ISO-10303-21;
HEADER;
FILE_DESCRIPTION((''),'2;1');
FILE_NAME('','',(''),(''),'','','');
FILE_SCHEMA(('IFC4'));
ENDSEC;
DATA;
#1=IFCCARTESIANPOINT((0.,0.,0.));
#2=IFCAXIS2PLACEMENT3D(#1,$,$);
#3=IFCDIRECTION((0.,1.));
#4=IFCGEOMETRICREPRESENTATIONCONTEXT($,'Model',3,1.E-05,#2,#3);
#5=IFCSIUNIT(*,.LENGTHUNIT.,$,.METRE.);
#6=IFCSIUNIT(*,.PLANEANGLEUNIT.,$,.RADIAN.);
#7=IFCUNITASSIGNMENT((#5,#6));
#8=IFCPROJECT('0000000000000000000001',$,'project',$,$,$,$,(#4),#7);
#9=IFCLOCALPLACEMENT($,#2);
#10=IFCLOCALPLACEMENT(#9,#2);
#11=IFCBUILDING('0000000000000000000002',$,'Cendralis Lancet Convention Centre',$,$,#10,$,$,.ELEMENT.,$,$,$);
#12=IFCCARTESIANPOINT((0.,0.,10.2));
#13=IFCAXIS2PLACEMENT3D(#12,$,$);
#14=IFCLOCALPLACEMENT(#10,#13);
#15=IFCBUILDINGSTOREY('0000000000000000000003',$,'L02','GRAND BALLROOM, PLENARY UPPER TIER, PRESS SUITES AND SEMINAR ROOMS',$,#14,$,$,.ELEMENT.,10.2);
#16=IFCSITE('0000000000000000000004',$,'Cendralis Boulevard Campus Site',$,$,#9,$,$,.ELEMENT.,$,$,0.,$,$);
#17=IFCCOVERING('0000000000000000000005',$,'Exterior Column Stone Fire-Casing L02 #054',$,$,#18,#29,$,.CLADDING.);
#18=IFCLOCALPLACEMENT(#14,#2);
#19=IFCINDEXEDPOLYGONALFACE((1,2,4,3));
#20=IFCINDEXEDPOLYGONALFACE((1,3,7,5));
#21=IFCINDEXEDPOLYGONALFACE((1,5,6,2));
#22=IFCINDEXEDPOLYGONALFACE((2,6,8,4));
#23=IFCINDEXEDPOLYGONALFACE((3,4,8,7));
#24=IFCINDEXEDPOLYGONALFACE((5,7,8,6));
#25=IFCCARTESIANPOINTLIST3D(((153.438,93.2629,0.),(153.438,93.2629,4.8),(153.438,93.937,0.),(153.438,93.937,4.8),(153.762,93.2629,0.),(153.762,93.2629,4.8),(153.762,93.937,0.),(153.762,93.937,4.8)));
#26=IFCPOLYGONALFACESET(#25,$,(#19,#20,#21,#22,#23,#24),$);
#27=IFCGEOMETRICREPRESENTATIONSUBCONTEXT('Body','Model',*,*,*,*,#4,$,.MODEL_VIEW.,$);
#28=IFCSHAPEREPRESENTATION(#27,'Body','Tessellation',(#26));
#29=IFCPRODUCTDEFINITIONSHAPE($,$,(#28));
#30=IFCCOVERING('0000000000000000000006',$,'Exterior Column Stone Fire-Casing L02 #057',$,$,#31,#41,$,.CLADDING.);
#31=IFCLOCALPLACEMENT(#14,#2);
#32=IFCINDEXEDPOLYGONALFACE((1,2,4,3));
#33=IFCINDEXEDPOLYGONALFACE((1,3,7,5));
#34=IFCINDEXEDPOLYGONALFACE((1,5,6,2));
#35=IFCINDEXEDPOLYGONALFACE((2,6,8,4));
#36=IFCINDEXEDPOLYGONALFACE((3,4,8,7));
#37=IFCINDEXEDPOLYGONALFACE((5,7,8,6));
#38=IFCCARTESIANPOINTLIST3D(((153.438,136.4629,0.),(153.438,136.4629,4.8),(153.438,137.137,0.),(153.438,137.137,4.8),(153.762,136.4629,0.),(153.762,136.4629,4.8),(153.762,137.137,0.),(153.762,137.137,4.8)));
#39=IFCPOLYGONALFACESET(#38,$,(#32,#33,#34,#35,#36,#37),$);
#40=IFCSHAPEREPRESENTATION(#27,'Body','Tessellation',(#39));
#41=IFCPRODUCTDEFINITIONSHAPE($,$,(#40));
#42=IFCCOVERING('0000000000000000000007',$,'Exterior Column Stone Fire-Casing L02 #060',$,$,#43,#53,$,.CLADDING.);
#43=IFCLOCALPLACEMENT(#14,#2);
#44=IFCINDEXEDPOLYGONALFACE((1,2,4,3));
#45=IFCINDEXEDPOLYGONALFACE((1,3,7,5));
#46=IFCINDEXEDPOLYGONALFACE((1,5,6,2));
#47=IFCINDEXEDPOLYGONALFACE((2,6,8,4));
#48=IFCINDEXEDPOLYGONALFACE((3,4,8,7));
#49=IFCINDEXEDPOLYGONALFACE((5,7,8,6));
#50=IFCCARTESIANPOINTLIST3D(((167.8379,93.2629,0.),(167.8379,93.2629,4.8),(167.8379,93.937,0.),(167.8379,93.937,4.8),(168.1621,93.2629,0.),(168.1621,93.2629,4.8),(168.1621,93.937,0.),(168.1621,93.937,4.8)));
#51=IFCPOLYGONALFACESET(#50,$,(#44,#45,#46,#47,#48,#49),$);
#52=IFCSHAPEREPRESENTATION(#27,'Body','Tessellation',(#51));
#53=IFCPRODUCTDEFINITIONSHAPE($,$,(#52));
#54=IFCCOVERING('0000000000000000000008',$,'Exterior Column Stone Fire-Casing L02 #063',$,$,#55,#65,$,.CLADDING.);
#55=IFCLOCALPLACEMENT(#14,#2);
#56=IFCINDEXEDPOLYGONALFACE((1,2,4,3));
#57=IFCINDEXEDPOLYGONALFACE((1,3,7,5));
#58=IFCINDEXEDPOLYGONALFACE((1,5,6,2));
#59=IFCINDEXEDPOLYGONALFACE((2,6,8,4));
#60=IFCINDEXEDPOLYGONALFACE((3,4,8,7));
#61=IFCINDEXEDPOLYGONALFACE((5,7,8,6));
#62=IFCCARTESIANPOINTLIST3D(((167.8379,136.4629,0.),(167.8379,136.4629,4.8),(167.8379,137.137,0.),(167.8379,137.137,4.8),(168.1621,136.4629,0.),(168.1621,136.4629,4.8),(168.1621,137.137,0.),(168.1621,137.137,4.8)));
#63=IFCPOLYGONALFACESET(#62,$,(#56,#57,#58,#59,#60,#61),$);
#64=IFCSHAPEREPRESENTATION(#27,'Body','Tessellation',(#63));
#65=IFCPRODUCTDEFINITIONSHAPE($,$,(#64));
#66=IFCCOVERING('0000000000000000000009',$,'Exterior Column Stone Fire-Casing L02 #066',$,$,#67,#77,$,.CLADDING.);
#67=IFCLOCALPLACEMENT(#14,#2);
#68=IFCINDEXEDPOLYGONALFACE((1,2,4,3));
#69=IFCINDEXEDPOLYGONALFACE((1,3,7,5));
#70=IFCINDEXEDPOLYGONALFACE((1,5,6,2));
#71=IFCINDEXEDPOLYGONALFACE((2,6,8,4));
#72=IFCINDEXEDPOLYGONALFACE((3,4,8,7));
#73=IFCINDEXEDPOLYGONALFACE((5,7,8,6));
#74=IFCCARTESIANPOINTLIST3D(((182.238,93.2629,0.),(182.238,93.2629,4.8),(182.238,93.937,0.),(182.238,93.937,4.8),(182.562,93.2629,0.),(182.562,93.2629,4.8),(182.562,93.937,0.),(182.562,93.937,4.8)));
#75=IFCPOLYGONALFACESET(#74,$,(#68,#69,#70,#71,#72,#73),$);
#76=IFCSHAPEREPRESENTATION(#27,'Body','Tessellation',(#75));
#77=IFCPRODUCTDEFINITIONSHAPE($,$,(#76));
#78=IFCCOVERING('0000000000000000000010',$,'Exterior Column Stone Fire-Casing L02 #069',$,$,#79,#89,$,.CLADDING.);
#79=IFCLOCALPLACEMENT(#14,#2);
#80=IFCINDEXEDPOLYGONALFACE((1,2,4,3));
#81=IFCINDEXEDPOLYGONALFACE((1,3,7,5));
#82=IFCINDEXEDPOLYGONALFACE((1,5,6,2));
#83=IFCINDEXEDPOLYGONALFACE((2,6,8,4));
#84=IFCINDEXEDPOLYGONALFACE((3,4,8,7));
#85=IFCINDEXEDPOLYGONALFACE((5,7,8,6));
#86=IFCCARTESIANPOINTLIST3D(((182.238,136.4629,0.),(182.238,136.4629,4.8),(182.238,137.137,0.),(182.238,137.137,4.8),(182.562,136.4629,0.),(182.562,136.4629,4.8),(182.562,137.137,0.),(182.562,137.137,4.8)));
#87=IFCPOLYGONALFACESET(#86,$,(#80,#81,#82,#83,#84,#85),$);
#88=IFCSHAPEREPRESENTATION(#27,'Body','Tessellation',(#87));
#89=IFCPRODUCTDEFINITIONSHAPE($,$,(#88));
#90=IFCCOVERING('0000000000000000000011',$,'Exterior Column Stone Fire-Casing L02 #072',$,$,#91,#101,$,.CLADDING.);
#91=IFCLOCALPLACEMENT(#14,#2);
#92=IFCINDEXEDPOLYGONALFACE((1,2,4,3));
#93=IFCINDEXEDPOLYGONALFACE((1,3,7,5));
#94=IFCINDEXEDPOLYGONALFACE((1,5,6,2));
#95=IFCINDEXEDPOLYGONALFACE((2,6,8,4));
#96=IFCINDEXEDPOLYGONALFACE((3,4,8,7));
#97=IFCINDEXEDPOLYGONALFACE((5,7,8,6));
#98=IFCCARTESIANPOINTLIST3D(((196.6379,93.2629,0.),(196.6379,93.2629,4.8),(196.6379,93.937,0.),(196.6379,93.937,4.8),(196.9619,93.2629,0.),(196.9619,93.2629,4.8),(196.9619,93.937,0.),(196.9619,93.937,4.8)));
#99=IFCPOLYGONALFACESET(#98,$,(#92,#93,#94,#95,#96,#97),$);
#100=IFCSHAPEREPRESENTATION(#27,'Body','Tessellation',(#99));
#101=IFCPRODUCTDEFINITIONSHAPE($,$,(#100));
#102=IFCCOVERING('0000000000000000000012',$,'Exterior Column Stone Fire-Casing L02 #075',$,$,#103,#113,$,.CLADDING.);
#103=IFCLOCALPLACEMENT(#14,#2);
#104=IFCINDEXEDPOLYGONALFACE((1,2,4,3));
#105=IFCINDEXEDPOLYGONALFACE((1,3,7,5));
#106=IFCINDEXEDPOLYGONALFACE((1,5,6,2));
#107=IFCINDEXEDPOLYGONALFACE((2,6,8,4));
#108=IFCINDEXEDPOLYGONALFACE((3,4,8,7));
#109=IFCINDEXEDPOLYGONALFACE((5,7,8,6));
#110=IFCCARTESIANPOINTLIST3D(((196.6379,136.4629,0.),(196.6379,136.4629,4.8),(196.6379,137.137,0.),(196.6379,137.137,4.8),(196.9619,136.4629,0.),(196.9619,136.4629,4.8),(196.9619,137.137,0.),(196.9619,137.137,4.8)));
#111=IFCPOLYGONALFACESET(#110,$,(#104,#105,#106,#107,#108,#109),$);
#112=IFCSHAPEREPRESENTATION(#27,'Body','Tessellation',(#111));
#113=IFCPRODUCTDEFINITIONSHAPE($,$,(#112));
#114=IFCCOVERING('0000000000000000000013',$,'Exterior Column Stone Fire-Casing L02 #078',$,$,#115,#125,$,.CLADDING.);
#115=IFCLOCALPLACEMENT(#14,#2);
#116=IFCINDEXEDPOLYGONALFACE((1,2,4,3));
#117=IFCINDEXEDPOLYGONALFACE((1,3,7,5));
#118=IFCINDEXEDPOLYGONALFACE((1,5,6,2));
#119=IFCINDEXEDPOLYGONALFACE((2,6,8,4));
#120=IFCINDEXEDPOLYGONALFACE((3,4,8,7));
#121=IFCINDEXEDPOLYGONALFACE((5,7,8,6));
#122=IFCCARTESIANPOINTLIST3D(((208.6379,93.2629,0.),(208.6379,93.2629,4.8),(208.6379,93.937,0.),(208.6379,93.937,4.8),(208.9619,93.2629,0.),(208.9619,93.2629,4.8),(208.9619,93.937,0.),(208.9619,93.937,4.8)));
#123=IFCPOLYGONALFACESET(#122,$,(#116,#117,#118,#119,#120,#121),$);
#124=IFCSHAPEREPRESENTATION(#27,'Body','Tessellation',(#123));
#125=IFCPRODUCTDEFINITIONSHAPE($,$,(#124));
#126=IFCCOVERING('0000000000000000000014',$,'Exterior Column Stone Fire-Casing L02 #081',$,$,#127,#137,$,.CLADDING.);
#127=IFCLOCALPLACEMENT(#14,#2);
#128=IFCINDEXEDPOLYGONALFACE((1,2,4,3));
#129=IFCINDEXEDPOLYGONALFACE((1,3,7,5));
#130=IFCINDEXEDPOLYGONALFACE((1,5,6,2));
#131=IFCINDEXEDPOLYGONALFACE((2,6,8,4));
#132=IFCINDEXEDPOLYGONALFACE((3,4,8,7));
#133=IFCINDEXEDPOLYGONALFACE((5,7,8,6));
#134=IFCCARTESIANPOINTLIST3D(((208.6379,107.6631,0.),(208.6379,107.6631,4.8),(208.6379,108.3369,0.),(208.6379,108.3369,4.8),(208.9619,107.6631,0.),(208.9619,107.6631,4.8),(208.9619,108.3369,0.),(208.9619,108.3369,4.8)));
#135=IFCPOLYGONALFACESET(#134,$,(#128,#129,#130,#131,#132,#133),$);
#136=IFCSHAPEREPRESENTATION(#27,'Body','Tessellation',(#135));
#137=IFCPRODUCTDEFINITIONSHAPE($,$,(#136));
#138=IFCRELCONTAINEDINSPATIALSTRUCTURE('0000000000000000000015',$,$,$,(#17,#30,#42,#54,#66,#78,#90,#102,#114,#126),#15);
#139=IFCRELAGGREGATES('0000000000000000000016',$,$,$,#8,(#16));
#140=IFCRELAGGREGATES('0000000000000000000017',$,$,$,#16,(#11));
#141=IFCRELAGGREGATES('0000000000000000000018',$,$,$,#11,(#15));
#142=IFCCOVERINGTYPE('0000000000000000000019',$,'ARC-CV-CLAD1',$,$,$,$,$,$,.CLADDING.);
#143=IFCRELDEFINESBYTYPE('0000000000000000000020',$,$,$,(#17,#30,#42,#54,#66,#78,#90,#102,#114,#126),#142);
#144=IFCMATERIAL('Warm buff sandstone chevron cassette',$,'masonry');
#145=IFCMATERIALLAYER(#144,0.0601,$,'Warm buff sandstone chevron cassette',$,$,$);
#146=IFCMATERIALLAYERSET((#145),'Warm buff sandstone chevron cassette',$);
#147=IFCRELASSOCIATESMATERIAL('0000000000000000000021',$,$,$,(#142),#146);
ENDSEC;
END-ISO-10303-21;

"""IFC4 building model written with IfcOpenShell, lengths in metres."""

from ifc_helpers import new_model, si_unit, direction, frame, origin, place, context, subcontext, project, spatial, polyline, outline, extrude, material, layer, layer_set, type_object, element, save


model = new_model("IFC4")

# Units and contexts
model_context = context("Model", 3, precision=1e-05, world=origin(), true_north=direction((0.0, 1.0)))
body_context = subcontext(model_context, "Body", "Model", "MODEL_VIEW")
ifc_project = project(units=[si_unit("LENGTHUNIT", "METRE"), si_unit("PLANEANGLEUNIT", "RADIAN")], contexts=[model_context])

# Site, building, storey
site_placement = place(None, origin())
site = spatial("IfcSite", under=ifc_project, at=site_placement, Name="Cendralis Boulevard Campus Site", CompositionType="ELEMENT", RefElevation=0.0)
building_placement = place(site_placement, origin())
building = spatial("IfcBuilding", under=site, at=building_placement, Name="Cendralis Lancet Convention Centre", CompositionType="ELEMENT")
storey_placement = place(building_placement, frame((0.0, 0.0, 10.2)))
storey = spatial("IfcBuildingStorey", under=building, at=storey_placement, Name="L02", Description="GRAND BALLROOM, PLENARY UPPER TIER, PRESS SUITES AND SEMINAR ROOMS", CompositionType="ELEMENT", Elevation=10.2)

# Coverings
ifc_material = material(Name="Warm buff sandstone chevron cassette", Category="masonry")
ifc_layer = layer(ifc_material, 0.0601, Name="Warm buff sandstone chevron cassette")
ifc_layer_set = layer_set([ifc_layer], Name="Warm buff sandstone chevron cassette")
covering_type = type_object("IfcCoveringType", Name="ARC-CV-CLAD1", PredefinedType="CLADDING", material=ifc_layer_set)
covering_1_placement = place(storey_placement, origin())
element("IfcCovering", 1, at=covering_1_placement, inside=storey, type_object=covering_type, Name="Exterior Column Stone Fire-Casing L02 #054", PredefinedType="CLADDING", context=body_context, shape_type="SweptSolid", body=[
    extrude(outline(polyline([(153.438, 93.2629), (153.762, 93.2629), (153.762, 93.937), (153.438, 93.937), (153.438, 93.2629)])), origin(), (0.0, 0.0, 1.0), 4.8),
])
covering_2_placement = place(storey_placement, origin())
element("IfcCovering", 2, at=covering_2_placement, inside=storey, type_object=covering_type, Name="Exterior Column Stone Fire-Casing L02 #057", PredefinedType="CLADDING", context=body_context, shape_type="SweptSolid", body=[
    extrude(outline(polyline([(153.438, 136.4629), (153.762, 136.4629), (153.762, 137.137), (153.438, 137.137), (153.438, 136.4629)])), origin(), (0.0, 0.0, 1.0), 4.8),
])
covering_3_placement = place(storey_placement, origin())
element("IfcCovering", 3, at=covering_3_placement, inside=storey, type_object=covering_type, Name="Exterior Column Stone Fire-Casing L02 #060", PredefinedType="CLADDING", context=body_context, shape_type="SweptSolid", body=[
    extrude(outline(polyline([(167.8379, 93.2629), (168.1621, 93.2629), (168.1621, 93.937), (167.8379, 93.937), (167.8379, 93.2629)])), origin(), (0.0, 0.0, 1.0), 4.8),
])
covering_4_placement = place(storey_placement, origin())
element("IfcCovering", 4, at=covering_4_placement, inside=storey, type_object=covering_type, Name="Exterior Column Stone Fire-Casing L02 #063", PredefinedType="CLADDING", context=body_context, shape_type="SweptSolid", body=[
    extrude(outline(polyline([(167.8379, 136.4629), (168.1621, 136.4629), (168.1621, 137.137), (167.8379, 137.137), (167.8379, 136.4629)])), origin(), (0.0, 0.0, 1.0), 4.8),
])
covering_5_placement = place(storey_placement, origin())
element("IfcCovering", 5, at=covering_5_placement, inside=storey, type_object=covering_type, Name="Exterior Column Stone Fire-Casing L02 #066", PredefinedType="CLADDING", context=body_context, shape_type="SweptSolid", body=[
    extrude(outline(polyline([(182.238, 93.2629), (182.562, 93.2629), (182.562, 93.937), (182.238, 93.937), (182.238, 93.2629)])), origin(), (0.0, 0.0, 1.0), 4.8),
])
covering_6_placement = place(storey_placement, origin())
element("IfcCovering", 6, at=covering_6_placement, inside=storey, type_object=covering_type, Name="Exterior Column Stone Fire-Casing L02 #069", PredefinedType="CLADDING", context=body_context, shape_type="SweptSolid", body=[
    extrude(outline(polyline([(182.238, 136.4629), (182.562, 136.4629), (182.562, 137.137), (182.238, 137.137), (182.238, 136.4629)])), origin(), (0.0, 0.0, 1.0), 4.8),
])
covering_7_placement = place(storey_placement, origin())
element("IfcCovering", 7, at=covering_7_placement, inside=storey, type_object=covering_type, Name="Exterior Column Stone Fire-Casing L02 #072", PredefinedType="CLADDING", context=body_context, shape_type="SweptSolid", body=[
    extrude(outline(polyline([(196.6379, 93.2629), (196.9619, 93.2629), (196.9619, 93.937), (196.6379, 93.937), (196.6379, 93.2629)])), origin(), (0.0, 0.0, 1.0), 4.8),
])
covering_8_placement = place(storey_placement, origin())
element("IfcCovering", 8, at=covering_8_placement, inside=storey, type_object=covering_type, Name="Exterior Column Stone Fire-Casing L02 #075", PredefinedType="CLADDING", context=body_context, shape_type="SweptSolid", body=[
    extrude(outline(polyline([(196.6379, 136.4629), (196.9619, 136.4629), (196.9619, 137.137), (196.6379, 137.137), (196.6379, 136.4629)])), origin(), (0.0, 0.0, 1.0), 4.8),
])
covering_9_placement = place(storey_placement, origin())
element("IfcCovering", 9, at=covering_9_placement, inside=storey, type_object=covering_type, Name="Exterior Column Stone Fire-Casing L02 #078", PredefinedType="CLADDING", context=body_context, shape_type="SweptSolid", body=[
    extrude(outline(polyline([(208.6379, 93.2629), (208.9619, 93.2629), (208.9619, 93.937), (208.6379, 93.937), (208.6379, 93.2629)])), origin(), (0.0, 0.0, 1.0), 4.8),
])
covering_10_placement = place(storey_placement, origin())
element("IfcCovering", 10, at=covering_10_placement, inside=storey, type_object=covering_type, Name="Exterior Column Stone Fire-Casing L02 #081", PredefinedType="CLADDING", context=body_context, shape_type="SweptSolid", body=[
    extrude(outline(polyline([(208.6379, 107.6631), (208.9619, 107.6631), (208.9619, 108.3369), (208.6379, 108.3369), (208.6379, 107.6631)])), origin(), (0.0, 0.0, 1.0), 4.8),
])

save(model, "model.ifc")
